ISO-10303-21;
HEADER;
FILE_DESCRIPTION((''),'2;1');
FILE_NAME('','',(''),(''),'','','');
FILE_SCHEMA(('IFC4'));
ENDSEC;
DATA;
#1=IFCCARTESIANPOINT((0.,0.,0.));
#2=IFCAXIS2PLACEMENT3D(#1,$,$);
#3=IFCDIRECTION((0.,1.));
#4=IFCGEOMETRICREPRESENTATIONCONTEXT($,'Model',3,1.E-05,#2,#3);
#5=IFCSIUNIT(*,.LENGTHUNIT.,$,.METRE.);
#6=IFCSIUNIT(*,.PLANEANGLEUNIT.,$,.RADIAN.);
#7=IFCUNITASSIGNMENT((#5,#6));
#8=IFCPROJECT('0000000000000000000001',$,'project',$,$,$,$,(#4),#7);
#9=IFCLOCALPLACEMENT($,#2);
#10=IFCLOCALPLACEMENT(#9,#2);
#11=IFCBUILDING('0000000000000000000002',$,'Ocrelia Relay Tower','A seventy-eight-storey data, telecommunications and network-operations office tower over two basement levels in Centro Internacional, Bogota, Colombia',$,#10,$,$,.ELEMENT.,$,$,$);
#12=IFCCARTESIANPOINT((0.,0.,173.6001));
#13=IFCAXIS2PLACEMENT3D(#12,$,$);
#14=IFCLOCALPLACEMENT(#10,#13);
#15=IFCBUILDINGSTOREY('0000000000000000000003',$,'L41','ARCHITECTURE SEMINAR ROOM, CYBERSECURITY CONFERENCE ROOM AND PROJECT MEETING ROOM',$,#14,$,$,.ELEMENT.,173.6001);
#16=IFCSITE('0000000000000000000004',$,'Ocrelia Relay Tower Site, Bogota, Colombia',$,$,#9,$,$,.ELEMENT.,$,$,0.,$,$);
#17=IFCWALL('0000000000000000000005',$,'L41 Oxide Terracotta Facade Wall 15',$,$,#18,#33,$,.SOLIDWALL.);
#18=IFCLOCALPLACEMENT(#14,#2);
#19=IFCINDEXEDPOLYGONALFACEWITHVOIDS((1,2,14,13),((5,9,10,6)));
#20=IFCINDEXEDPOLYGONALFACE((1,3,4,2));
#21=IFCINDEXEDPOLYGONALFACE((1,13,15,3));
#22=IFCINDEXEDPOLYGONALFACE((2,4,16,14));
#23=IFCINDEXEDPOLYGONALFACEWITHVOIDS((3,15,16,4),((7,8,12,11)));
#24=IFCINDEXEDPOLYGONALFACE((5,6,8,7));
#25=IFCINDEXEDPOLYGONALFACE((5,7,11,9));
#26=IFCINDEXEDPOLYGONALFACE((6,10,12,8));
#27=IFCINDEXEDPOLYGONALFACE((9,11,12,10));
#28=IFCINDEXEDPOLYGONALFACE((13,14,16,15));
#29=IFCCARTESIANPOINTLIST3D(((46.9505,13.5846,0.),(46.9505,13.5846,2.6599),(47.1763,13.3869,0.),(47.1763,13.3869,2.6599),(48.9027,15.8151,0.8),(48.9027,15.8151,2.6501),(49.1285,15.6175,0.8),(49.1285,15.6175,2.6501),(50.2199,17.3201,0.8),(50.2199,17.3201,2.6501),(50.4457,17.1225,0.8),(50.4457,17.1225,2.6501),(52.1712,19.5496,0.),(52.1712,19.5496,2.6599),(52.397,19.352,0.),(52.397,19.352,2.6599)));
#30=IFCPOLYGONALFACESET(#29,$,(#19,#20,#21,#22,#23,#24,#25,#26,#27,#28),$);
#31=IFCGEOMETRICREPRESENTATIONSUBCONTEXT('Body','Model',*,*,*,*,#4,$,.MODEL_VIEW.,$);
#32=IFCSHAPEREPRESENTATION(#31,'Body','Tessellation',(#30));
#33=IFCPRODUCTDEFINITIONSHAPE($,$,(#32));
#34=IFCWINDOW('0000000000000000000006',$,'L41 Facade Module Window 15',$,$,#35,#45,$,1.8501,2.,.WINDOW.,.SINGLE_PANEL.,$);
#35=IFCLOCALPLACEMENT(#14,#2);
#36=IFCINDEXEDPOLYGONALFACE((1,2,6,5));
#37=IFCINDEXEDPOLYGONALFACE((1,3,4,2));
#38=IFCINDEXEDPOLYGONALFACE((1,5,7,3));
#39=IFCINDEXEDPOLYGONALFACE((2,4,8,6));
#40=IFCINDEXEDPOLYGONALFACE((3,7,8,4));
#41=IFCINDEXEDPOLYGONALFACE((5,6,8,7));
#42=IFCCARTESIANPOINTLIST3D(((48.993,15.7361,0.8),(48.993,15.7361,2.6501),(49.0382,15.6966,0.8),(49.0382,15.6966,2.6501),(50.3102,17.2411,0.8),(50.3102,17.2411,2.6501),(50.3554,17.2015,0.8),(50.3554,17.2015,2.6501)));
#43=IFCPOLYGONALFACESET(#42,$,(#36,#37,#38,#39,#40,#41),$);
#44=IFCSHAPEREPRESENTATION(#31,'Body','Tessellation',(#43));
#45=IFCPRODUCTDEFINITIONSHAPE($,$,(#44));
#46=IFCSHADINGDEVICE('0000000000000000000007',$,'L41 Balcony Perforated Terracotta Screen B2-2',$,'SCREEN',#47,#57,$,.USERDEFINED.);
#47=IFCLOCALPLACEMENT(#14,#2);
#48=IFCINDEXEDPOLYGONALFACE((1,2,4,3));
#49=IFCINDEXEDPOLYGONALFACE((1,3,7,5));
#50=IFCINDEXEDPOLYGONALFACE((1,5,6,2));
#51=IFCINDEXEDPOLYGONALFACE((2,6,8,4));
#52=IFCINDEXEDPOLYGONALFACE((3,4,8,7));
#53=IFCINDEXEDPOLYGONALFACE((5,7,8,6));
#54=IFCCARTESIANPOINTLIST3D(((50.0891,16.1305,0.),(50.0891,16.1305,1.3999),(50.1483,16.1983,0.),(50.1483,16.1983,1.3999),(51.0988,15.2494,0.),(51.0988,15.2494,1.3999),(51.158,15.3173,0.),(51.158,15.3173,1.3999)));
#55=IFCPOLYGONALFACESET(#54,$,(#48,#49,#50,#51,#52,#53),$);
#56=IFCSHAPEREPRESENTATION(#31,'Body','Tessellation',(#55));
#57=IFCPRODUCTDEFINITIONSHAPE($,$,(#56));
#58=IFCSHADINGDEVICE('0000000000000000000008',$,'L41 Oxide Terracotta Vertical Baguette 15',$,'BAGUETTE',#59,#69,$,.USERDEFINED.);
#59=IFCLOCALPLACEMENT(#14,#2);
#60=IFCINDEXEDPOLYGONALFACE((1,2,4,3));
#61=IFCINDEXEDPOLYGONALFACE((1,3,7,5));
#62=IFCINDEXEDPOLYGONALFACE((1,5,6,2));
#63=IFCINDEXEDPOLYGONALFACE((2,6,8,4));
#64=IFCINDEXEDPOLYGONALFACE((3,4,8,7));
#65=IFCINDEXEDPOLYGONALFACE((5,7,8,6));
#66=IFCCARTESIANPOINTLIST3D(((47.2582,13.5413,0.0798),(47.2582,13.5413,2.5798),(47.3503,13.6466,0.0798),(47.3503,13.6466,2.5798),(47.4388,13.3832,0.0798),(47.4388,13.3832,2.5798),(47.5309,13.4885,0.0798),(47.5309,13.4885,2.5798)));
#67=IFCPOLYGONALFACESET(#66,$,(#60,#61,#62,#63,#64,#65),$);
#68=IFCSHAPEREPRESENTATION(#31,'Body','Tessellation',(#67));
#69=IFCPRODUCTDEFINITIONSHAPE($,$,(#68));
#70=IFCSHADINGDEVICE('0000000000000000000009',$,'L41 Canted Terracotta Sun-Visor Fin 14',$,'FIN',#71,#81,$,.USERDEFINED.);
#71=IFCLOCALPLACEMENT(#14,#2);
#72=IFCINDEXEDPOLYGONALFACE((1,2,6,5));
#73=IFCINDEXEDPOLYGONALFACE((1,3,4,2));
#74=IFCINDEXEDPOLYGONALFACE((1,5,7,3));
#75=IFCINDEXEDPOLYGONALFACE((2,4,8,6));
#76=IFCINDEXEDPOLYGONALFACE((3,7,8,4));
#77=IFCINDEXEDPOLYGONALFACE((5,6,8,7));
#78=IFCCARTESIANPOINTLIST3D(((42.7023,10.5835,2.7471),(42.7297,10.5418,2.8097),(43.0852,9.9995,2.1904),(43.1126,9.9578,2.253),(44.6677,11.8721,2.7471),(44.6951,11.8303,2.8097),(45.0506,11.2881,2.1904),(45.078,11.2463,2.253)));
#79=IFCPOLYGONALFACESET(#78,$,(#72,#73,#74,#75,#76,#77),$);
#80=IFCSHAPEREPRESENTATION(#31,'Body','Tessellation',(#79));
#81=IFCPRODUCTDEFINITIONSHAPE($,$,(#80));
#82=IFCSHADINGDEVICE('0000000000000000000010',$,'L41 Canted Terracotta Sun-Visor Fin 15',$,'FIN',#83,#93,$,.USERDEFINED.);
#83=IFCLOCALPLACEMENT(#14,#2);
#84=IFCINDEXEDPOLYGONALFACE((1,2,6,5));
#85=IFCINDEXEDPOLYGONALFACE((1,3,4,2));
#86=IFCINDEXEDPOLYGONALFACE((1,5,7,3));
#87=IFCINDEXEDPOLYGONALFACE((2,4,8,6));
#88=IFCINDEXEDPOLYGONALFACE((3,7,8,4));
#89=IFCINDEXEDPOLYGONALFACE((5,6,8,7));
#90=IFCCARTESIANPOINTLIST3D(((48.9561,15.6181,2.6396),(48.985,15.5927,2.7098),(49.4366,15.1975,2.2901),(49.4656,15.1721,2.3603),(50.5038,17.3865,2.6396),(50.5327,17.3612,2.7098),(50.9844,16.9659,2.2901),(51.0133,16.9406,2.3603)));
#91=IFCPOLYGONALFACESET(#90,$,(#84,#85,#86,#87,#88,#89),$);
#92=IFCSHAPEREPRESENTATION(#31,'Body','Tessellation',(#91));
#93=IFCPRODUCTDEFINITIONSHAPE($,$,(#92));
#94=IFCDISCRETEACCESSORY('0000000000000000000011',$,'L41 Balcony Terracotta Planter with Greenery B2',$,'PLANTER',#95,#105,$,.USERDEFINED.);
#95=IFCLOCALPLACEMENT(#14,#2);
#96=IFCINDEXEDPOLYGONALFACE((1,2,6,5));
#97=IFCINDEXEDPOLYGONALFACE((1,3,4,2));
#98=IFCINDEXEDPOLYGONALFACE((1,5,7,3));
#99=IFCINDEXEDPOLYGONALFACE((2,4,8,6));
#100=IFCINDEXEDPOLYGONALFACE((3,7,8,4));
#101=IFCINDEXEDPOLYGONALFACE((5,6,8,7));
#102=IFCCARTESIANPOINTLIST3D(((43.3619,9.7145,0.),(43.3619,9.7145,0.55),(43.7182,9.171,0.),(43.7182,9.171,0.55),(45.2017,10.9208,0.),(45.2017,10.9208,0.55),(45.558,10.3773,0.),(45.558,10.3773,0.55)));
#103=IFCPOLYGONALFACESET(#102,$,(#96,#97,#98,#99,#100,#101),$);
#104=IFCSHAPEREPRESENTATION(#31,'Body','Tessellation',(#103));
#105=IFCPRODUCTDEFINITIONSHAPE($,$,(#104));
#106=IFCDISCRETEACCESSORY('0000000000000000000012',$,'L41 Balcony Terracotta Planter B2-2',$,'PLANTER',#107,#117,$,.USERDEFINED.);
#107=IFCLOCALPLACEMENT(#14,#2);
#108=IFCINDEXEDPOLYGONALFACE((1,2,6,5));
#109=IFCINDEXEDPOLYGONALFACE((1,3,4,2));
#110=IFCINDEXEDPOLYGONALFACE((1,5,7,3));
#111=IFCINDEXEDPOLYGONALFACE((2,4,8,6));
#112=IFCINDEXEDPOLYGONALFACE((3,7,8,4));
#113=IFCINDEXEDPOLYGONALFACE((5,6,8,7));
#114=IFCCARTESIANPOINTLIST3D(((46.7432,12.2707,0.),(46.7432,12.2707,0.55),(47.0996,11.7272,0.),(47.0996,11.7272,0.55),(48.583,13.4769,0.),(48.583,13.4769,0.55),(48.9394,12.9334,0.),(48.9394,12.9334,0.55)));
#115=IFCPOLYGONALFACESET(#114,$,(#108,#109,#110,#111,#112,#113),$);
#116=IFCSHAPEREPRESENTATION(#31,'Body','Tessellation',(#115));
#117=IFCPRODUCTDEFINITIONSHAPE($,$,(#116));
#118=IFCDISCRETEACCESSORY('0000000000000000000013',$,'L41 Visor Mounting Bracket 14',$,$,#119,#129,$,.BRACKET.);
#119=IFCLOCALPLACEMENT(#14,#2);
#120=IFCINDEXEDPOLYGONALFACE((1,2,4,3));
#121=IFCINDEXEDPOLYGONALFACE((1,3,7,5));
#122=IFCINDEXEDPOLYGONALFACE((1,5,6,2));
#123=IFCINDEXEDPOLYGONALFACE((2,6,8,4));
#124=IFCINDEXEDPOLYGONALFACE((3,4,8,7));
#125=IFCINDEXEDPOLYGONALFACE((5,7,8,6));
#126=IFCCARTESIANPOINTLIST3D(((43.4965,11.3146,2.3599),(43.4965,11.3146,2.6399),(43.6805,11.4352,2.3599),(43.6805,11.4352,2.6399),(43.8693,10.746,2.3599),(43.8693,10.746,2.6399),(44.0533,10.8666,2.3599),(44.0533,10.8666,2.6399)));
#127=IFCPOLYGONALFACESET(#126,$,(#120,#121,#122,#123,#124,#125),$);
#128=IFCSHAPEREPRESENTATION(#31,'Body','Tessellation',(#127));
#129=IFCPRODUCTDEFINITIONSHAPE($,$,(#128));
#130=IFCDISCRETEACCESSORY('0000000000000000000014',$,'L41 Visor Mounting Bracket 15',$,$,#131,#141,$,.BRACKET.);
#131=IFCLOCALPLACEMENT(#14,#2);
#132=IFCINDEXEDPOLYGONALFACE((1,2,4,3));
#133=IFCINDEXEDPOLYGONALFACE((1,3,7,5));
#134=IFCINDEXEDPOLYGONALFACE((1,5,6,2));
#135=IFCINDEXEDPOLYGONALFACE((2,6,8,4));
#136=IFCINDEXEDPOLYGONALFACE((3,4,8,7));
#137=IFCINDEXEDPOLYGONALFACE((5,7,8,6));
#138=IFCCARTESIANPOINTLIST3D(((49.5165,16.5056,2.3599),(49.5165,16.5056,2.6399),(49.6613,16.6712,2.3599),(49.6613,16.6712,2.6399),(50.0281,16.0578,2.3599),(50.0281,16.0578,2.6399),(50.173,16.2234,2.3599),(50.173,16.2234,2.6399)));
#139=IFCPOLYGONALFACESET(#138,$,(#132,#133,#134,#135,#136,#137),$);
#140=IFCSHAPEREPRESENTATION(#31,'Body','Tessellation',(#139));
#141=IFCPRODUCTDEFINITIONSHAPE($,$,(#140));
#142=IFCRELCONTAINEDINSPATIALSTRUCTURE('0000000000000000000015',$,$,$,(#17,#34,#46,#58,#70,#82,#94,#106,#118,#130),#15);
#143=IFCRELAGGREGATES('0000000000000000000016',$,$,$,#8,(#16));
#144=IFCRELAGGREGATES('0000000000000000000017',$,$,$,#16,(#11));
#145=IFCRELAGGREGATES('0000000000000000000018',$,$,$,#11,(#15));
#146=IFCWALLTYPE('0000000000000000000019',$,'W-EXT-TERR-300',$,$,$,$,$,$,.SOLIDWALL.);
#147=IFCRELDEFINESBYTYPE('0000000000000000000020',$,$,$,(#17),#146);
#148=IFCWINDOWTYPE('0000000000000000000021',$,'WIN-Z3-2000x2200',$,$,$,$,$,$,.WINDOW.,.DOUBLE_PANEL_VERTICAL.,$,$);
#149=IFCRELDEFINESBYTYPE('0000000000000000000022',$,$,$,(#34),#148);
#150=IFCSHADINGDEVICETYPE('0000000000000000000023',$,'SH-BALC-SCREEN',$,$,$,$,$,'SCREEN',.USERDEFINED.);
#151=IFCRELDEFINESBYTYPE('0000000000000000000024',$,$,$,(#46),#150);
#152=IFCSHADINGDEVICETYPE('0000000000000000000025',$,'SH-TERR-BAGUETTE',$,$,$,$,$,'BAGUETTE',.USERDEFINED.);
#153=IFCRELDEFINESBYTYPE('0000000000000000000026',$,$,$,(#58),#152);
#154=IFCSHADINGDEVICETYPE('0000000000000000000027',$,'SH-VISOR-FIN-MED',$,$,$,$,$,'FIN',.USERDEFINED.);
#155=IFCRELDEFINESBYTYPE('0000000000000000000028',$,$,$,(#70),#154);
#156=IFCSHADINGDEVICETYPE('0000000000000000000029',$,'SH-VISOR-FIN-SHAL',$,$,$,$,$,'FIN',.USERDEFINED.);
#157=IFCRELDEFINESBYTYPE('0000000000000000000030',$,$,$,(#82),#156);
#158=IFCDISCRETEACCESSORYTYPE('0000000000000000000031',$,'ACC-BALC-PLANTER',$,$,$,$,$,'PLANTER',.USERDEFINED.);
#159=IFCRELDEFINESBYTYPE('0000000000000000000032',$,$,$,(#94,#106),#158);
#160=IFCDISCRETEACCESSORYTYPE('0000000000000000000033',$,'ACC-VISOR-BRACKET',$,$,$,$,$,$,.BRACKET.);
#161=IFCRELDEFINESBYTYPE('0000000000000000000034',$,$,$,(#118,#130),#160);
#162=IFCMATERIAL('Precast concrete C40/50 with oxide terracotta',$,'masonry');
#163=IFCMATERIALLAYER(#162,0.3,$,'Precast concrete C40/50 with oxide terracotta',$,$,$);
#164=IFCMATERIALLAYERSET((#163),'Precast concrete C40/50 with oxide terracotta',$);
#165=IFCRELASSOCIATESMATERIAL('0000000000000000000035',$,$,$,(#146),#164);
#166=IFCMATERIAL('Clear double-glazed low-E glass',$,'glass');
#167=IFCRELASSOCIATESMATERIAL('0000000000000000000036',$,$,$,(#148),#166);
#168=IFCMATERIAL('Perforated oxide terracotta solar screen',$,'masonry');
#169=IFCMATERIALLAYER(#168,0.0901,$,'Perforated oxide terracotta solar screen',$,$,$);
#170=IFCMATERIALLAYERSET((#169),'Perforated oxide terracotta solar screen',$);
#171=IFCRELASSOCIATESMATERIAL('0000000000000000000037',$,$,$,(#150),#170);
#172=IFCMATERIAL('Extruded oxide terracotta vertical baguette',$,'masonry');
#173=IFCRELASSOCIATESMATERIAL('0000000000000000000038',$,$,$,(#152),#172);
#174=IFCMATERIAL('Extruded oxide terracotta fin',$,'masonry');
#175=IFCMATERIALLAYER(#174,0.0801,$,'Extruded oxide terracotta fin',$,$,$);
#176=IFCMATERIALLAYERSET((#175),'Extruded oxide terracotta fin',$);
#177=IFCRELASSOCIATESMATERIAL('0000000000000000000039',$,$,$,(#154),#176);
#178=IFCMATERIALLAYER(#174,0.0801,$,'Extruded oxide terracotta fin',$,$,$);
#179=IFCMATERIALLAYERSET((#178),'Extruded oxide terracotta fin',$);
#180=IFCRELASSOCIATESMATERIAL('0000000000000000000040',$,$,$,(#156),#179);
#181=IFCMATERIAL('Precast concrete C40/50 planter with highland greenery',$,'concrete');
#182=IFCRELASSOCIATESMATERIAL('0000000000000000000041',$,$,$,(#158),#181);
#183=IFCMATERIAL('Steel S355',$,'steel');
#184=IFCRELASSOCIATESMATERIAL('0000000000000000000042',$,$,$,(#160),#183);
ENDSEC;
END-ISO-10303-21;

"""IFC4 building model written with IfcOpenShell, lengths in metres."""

from ifc_helpers import new_model, si_unit, direction, frame, frame_2d, origin, origin_2d, place, context, subcontext, project, spatial, rectangle, extrude, material, layer, layer_set, type_object, element, fill, save


model = new_model("IFC4")

# Units and contexts
model_context = context("Model", 3, precision=1e-05, world=origin(), true_north=direction((0.0, 1.0)))
body_context = subcontext(model_context, "Body", "Model", "MODEL_VIEW")
ifc_project = project(units=[si_unit("LENGTHUNIT", "METRE"), si_unit("PLANEANGLEUNIT", "RADIAN")], contexts=[model_context])

# Site, building, storey
site_placement = place(None, origin())
site = spatial("IfcSite", under=ifc_project, at=site_placement, Name="Ocrelia Relay Tower Site, Bogota, Colombia", CompositionType="ELEMENT", RefElevation=0.0)
building_placement = place(site_placement, origin())
building = spatial("IfcBuilding", under=site, at=building_placement, Name="Ocrelia Relay Tower", Description="A seventy-eight-storey data, telecommunications and network-operations office tower over two basement levels in Centro Internacional, Bogota, Colombia", CompositionType="ELEMENT")
storey_placement = place(building_placement, frame((0.0, 0.0, 173.6001)))
storey = spatial("IfcBuildingStorey", under=building, at=storey_placement, Name="L41", Description="ARCHITECTURE SEMINAR ROOM, CYBERSECURITY CONFERENCE ROOM AND PROJECT MEETING ROOM", CompositionType="ELEMENT", Elevation=173.6001)

# Shared definitions
ifc_material_1 = material(Name="Steel S355", Category="steel")

# Wall, opening, window
ifc_material_2 = material(Name="Precast concrete C40/50 with oxide terracotta", Category="masonry")
ifc_layer_1 = layer(ifc_material_2, 0.3, Name="Precast concrete C40/50 with oxide terracotta")
ifc_layer_set_1 = layer_set([ifc_layer_1], Name="Precast concrete C40/50 with oxide terracotta")
wall_type = type_object("IfcWallType", Name="W-EXT-TERR-300", PredefinedType="SOLIDWALL", material=ifc_layer_set_1)
wall_placement = place(storey_placement, frame((47.0635, 13.4858, 0.0), z_axis=(0.0, 0.0, 1.0), x_axis=(0.658594, 0.752498, 0.0)))
wall = element("IfcWall", 1, at=wall_placement, inside=storey, type_object=wall_type, Name="L41 Oxide Terracotta Facade Wall 15", PredefinedType="SOLIDWALL", context=body_context, shape_type="SweptSolid", body=[
    extrude(rectangle(XDim=7.927, YDim=0.3, at=frame_2d((3.9634, 0.0))), origin(), (0.0, 0.0, 1.0), 2.6599),
])
opening_placement = place(wall_placement, frame((2.9641, 0.0, 0.8)))
opening = element("IfcOpeningElement", 2, at=opening_placement, cuts=wall, PredefinedType="OPENING", context=body_context, shape_type="SweptSolid", body=[
    extrude(rectangle(XDim=2.0, YDim=1.8501, at=frame_2d((1.0, 0.925))), frame((0.0, 0.1602, 0.0), z_axis=(0.0, -1.0, 0.0), x_axis=(1.0, 0.0, 0.0)), (0.0, 0.0, 1.0), 0.3201),
])
ifc_material_3 = material(Name="Clear double-glazed low-E glass", Category="glass")
window_type = type_object("IfcWindowType", Name="WIN-Z3-2000x2200", PartitioningType="DOUBLE_PANEL_VERTICAL", PredefinedType="WINDOW", material=ifc_material_3)
window_placement = place(opening_placement, origin())
window = element("IfcWindow", 3, at=window_placement, inside=storey, type_object=window_type, Name="L41 Facade Module Window 15", OverallHeight=1.8501, OverallWidth=2.0, PartitioningType="SINGLE_PANEL", PredefinedType="WINDOW", context=body_context, shape_type="SweptSolid", body=[
    extrude(rectangle(XDim=2.0, YDim=1.8501, at=frame_2d((1.0, 0.925))), frame((0.0, 0.03, 0.0), z_axis=(0.0, -1.0, 0.0), x_axis=(1.0, 0.0, 0.0)), (0.0, 0.0, 1.0), 0.0601),
])
fill(opening, window)

# Shading devices
ifc_material_4 = material(Name="Perforated oxide terracotta solar screen", Category="masonry")
ifc_layer_2 = layer(ifc_material_4, 0.0901, Name="Perforated oxide terracotta solar screen")
ifc_layer_set_2 = layer_set([ifc_layer_2], Name="Perforated oxide terracotta solar screen")
shading_device_type_1 = type_object("IfcShadingDeviceType", Name="SH-BALC-SCREEN", ElementType="SCREEN", PredefinedType="USERDEFINED", material=ifc_layer_set_2)
shading_device_1_placement = place(storey_placement, frame((50.6235, 15.7239, 0.0), z_axis=(0.0, 0.0, 1.0), x_axis=(0.753487, -0.657462, 0.0)))
element("IfcShadingDevice", 4, at=shading_device_1_placement, inside=storey, type_object=shading_device_type_1, Name="L41 Balcony Perforated Terracotta Screen B2-2", ObjectType="SCREEN", PredefinedType="USERDEFINED", context=body_context, shape_type="SweptSolid", body=[
    extrude(rectangle(XDim=1.3401, YDim=0.0901, at=origin_2d()), origin(), (0.0, 0.0, 1.0), 1.3999),
])
ifc_material_5 = material(Name="Extruded oxide terracotta vertical baguette", Category="masonry")
shading_device_type_2 = type_object("IfcShadingDeviceType", Name="SH-TERR-BAGUETTE", ElementType="BAGUETTE", PredefinedType="USERDEFINED", material=ifc_material_5)
shading_device_2_placement = place(storey_placement, frame((47.3945, 13.5149, 0.0798), z_axis=(0.0, 0.0, 1.0), x_axis=(0.65858, 0.752511, 0.0)))
element("IfcShadingDevice", 5, at=shading_device_2_placement, inside=storey, type_object=shading_device_type_2, Name="L41 Oxide Terracotta Vertical Baguette 15", ObjectType="BAGUETTE", PredefinedType="USERDEFINED", context=body_context, shape_type="SweptSolid", body=[
    extrude(rectangle(XDim=0.1399, YDim=0.24, at=origin_2d()), origin(), (0.0, 0.0, 1.0), 2.5),
])
ifc_material_6 = material(Name="Extruded oxide terracotta fin", Category="masonry")
ifc_layer_3 = layer(ifc_material_6, 0.0801, Name="Extruded oxide terracotta fin")
ifc_layer_set_3 = layer_set([ifc_layer_3], Name="Extruded oxide terracotta fin")
shading_device_type_3 = type_object("IfcShadingDeviceType", Name="SH-VISOR-FIN-MED", ElementType="FIN", PredefinedType="USERDEFINED", material=ifc_layer_set_3)
shading_device_3_placement = place(storey_placement, frame((43.8765, 10.9358, 2.4688), z_axis=(0.341767, -0.521287, 0.781956), x_axis=(0.836289, 0.548289, 0.0)))
element("IfcShadingDevice", 6, at=shading_device_3_placement, inside=storey, type_object=shading_device_type_3, Name="L41 Canted Terracotta Sun-Visor Fin 14", ObjectType="FIN", PredefinedType="USERDEFINED", context=body_context, shape_type="SweptSolid", body=[
    extrude(rectangle(XDim=2.3501, YDim=0.8931, at=origin_2d()), origin(), (0.0, 0.0, 1.0), 0.0801),
])
ifc_layer_4 = layer(ifc_material_6, 0.0801, Name="Extruded oxide terracotta fin")
ifc_layer_set_4 = layer_set([ifc_layer_4], Name="Extruded oxide terracotta fin")
shading_device_type_4 = type_object("IfcShadingDeviceType", Name="SH-VISOR-FIN-SHAL", ElementType="FIN", PredefinedType="USERDEFINED", material=ifc_layer_set_4)
shading_device_4_placement = place(storey_placement, frame((49.9702, 16.292, 2.4648), z_axis=(0.361258, -0.316165, 0.87723), x_axis=(0.65858, 0.752511, 0.0)))
element("IfcShadingDevice", 7, at=shading_device_4_placement, inside=storey, type_object=shading_device_type_4, Name="L41 Canted Terracotta Sun-Visor Fin 15", ObjectType="FIN", PredefinedType="USERDEFINED", context=body_context, shape_type="SweptSolid", body=[
    extrude(rectangle(XDim=2.3501, YDim=0.728, at=origin_2d()), origin(), (0.0, 0.0, 1.0), 0.0801),
])

# Discrete accessories
ifc_material_7 = material(Name="Precast concrete C40/50 planter with highland greenery", Category="concrete")
discrete_accessory_type_1 = type_object("IfcDiscreteAccessoryType", Name="ACC-BALC-PLANTER", ElementType="PLANTER", PredefinedType="USERDEFINED", material=ifc_material_7)
for number, where, z_axis, x_axis, name in (
    (8, (44.46, 10.0459, 0.0), (0.0, 0.0, 1.0), (-0.836285, -0.548295, 0.0), "L41 Balcony Terracotta Planter with Greenery B2"),
    (9, (47.8413, 12.6021, 0.0), (0.0, 0.0, 1.0), (-0.836285, -0.548295, 0.0), "L41 Balcony Terracotta Planter B2-2"),
):
    element("IfcDiscreteAccessory", number, at=place(storey_placement, frame(where, z_axis=z_axis, x_axis=x_axis)), inside=storey, type_object=discrete_accessory_type_1, Name=name, ObjectType="PLANTER", PredefinedType="USERDEFINED", context=body_context, shape_type="SweptSolid", body=[
        extrude(rectangle(XDim=2.2, YDim=0.6499, at=origin_2d()), origin(), (0.0, 0.0, 1.0), 0.55),
    ])
discrete_accessory_type_2 = type_object("IfcDiscreteAccessoryType", Name="ACC-VISOR-BRACKET", PredefinedType="BRACKET", material=ifc_material_1)
for number, where, z_axis, x_axis, name in (
    (10, (43.7749, 11.0906, 2.3599), (0.0, 0.0, 1.0), (0.836289, 0.548289, 0.0), "L41 Visor Mounting Bracket 14"),
    (11, (49.8447, 16.3645, 2.3599), (0.0, 0.0, 1.0), (0.65858, 0.752511, 0.0), "L41 Visor Mounting Bracket 15"),
):
    element("IfcDiscreteAccessory", number, at=place(storey_placement, frame(where, z_axis=z_axis, x_axis=x_axis)), inside=storey, type_object=discrete_accessory_type_2, Name=name, PredefinedType="BRACKET", context=body_context, shape_type="SweptSolid", body=[
        extrude(rectangle(XDim=0.22, YDim=0.6799, at=origin_2d()), origin(), (0.0, 0.0, 1.0), 0.28),
    ])

save(model, "model.ifc")
